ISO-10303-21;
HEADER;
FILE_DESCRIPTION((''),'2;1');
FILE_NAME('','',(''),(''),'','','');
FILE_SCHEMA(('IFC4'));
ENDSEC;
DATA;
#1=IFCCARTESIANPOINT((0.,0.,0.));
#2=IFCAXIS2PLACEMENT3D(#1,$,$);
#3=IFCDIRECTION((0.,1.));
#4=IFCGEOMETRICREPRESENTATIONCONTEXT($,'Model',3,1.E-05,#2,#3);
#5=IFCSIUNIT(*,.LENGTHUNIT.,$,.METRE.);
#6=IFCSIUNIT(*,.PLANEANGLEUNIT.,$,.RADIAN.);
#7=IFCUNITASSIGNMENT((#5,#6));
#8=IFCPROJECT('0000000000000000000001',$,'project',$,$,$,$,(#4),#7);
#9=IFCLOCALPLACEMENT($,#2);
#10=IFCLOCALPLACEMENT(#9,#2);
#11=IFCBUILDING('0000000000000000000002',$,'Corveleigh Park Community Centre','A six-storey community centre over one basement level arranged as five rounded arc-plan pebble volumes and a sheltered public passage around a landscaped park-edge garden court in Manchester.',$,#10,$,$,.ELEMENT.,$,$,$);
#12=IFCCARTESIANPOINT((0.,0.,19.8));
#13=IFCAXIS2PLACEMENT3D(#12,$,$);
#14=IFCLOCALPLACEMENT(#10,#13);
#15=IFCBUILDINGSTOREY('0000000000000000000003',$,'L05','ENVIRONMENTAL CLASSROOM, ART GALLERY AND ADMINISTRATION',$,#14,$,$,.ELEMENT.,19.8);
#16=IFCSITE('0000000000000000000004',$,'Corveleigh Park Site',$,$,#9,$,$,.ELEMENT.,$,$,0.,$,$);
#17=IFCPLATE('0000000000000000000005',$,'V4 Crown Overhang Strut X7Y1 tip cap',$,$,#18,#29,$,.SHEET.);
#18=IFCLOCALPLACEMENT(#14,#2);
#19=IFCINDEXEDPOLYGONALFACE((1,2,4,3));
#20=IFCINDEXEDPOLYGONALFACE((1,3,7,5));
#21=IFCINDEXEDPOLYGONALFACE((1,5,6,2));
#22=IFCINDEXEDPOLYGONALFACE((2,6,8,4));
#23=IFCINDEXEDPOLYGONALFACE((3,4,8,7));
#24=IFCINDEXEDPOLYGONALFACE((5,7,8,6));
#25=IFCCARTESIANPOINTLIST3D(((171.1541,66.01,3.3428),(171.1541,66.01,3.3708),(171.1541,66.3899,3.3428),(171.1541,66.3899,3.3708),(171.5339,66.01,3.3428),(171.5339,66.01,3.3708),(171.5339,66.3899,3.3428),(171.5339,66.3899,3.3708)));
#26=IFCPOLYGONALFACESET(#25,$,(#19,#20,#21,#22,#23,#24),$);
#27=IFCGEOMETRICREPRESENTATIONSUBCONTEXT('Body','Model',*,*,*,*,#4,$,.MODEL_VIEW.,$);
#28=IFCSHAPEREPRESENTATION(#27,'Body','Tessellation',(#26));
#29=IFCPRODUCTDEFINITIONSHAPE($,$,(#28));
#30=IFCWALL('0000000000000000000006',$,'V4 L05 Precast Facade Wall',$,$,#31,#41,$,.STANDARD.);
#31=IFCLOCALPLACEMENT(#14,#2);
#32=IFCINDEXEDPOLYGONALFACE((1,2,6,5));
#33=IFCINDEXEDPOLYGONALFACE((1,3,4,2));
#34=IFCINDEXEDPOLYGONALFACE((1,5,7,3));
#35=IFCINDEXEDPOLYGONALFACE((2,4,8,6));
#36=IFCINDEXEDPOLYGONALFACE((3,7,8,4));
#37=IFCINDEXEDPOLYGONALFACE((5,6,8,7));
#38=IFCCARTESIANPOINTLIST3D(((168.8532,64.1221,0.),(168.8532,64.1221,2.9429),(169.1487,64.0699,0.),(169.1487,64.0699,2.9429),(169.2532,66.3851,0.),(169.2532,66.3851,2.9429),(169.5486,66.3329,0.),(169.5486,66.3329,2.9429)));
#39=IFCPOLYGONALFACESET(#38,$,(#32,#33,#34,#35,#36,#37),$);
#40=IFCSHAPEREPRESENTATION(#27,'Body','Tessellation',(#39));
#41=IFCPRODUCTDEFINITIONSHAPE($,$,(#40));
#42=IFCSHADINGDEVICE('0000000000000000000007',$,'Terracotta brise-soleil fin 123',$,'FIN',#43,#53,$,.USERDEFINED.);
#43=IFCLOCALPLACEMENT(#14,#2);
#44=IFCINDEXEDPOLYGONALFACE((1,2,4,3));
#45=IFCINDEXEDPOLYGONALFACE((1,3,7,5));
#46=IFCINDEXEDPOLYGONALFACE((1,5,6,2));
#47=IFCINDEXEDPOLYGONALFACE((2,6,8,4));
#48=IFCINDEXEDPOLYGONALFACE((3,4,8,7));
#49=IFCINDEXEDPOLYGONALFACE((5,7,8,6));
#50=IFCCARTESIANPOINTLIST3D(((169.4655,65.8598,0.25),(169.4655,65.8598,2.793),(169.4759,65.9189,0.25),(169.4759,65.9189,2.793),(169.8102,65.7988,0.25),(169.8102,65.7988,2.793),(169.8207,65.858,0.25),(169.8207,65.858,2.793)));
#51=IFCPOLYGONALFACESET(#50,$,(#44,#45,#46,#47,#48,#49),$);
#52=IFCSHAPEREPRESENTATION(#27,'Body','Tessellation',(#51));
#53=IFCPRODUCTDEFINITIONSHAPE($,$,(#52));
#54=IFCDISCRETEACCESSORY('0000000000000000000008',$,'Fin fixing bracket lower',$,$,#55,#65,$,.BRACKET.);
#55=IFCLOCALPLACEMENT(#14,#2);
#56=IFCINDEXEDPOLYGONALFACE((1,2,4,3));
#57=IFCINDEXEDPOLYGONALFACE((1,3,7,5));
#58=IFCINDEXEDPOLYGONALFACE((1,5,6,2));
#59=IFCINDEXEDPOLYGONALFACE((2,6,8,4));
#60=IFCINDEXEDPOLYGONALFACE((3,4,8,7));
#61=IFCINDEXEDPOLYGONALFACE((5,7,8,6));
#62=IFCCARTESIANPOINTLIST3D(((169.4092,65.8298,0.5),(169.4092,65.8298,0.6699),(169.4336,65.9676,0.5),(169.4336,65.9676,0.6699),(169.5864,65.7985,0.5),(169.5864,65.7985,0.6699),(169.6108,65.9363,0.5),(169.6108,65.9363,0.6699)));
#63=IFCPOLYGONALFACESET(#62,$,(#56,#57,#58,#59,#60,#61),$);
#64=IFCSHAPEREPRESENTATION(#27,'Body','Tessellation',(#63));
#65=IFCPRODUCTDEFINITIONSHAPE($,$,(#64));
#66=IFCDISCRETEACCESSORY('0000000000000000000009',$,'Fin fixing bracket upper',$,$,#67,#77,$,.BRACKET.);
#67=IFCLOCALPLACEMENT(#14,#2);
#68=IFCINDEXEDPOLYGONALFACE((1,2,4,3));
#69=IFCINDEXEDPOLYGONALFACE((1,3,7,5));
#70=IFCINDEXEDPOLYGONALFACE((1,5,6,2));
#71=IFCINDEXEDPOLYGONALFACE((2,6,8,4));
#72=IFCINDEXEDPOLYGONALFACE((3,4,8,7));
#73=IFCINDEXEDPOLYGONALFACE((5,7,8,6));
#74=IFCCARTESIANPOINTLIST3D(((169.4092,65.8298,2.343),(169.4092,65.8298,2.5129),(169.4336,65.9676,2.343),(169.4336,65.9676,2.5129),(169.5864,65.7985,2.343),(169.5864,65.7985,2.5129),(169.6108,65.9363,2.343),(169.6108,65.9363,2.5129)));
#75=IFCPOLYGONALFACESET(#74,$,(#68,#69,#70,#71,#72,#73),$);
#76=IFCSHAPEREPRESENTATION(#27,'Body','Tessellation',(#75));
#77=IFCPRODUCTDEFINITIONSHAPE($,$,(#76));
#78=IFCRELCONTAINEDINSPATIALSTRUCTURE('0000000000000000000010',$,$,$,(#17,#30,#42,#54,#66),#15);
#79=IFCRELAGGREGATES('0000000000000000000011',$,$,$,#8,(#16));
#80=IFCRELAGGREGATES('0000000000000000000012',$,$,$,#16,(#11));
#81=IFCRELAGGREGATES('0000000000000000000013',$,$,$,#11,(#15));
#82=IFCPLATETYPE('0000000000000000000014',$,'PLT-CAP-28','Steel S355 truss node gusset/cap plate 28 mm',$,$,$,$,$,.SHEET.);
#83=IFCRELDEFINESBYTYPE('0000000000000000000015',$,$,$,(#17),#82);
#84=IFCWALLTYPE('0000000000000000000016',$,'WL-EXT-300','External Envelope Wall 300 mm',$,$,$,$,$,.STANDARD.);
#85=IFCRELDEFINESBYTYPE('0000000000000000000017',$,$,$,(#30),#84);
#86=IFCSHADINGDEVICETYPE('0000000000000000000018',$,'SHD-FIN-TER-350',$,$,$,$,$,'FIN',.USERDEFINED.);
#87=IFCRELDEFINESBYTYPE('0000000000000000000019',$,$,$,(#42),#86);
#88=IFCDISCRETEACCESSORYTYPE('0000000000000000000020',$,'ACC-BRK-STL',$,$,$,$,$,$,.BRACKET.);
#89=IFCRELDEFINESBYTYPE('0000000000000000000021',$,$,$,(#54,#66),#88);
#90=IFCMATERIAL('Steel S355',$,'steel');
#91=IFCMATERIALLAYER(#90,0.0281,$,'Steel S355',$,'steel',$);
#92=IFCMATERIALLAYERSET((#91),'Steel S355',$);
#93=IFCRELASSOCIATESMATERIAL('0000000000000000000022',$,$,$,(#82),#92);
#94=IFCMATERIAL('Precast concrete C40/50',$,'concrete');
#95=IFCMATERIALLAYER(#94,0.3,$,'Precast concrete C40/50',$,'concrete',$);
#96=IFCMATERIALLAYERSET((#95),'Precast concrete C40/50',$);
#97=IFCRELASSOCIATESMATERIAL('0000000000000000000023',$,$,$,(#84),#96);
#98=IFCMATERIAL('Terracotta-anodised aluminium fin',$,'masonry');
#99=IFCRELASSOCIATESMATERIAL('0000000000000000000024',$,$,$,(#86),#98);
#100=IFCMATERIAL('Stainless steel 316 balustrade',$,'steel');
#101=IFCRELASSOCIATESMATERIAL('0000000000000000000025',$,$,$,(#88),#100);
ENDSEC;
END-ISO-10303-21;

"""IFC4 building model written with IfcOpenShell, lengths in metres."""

from ifc_helpers import new_model, si_unit, direction, frame, frame_2d, origin, origin_2d, place, context, subcontext, project, spatial, rectangle, extrude, material, layer, layer_set, type_object, element, save


model = new_model("IFC4")

# Units and contexts
model_context = context("Model", 3, precision=1e-05, world=origin(), true_north=direction((0.0, 1.0)))
body_context = subcontext(model_context, "Body", "Model", "MODEL_VIEW")
ifc_project = project(units=[si_unit("LENGTHUNIT", "METRE"), si_unit("PLANEANGLEUNIT", "RADIAN")], contexts=[model_context])

# Site, building, storey
site_placement = place(None, origin())
site = spatial("IfcSite", under=ifc_project, at=site_placement, Name="Corveleigh Park Site", CompositionType="ELEMENT", RefElevation=0.0)
building_placement = place(site_placement, origin())
building = spatial("IfcBuilding", under=site, at=building_placement, Name="Corveleigh Park Community Centre", Description="A six-storey community centre over one basement level arranged as five rounded arc-plan pebble volumes and a sheltered public passage around a landscaped park-edge garden court in Manchester.", CompositionType="ELEMENT")
storey_placement = place(building_placement, frame((0.0, 0.0, 19.8)))
storey = spatial("IfcBuildingStorey", under=building, at=storey_placement, Name="L05", Description="ENVIRONMENTAL CLASSROOM, ART GALLERY AND ADMINISTRATION", CompositionType="ELEMENT", Elevation=19.8)

# Shared definitions
ifc_material_1 = material(Name="Steel S355", Category="steel")

# Plate
ifc_layer_1 = layer(ifc_material_1, 0.0281, Name="Steel S355", Category="steel")
ifc_layer_set_1 = layer_set([ifc_layer_1], Name="Steel S355")
plate_type_1 = type_object("IfcPlateType", Name="PLT-CAP-28", Description="Steel S355 truss node gusset/cap plate 28 mm", PredefinedType="SHEET", material=ifc_layer_set_1)
for number, where, z_axis, x_axis, name in (
    (1, (171.344, 66.2, 3.3428), (0.0, 0.0, 1.0), (1.0, 0.0, 0.0), "V4 Crown Overhang Strut X7Y1 tip cap"),
):
    element("IfcPlate", number, at=place(storey_placement, frame(where, z_axis=z_axis, x_axis=x_axis)), inside=storey, type_object=plate_type_1, Name=name, PredefinedType="SHEET", context=body_context, shape_type="SweptSolid", body=[
        extrude(rectangle(XDim=0.3799, YDim=0.3799, at=origin_2d()), origin(), (0.0, 0.0, 1.0), 0.0281),
    ])

# Wall
ifc_material_2 = material(Name="Precast concrete C40/50", Category="concrete")
ifc_layer_2 = layer(ifc_material_2, 0.3, Name="Precast concrete C40/50", Category="concrete")
ifc_layer_set_2 = layer_set([ifc_layer_2], Name="Precast concrete C40/50")
wall_type = type_object("IfcWallType", Name="WL-EXT-300", Description="External Envelope Wall 300 mm", PredefinedType="STANDARD", material=ifc_layer_set_2)
wall_placement = place(storey_placement, frame((169.4009, 66.3589, 0.0), z_axis=(0.0, 0.0, 1.0), x_axis=(-0.174022, -0.984742, 0.0)))
element("IfcWall", 2, at=wall_placement, inside=storey, type_object=wall_type, Name="V4 L05 Precast Facade Wall", PredefinedType="STANDARD", context=body_context, shape_type="SweptSolid", body=[
    extrude(rectangle(XDim=2.2981, YDim=0.3, at=frame_2d((1.1489, 0.0))), origin(), (0.0, 0.0, 1.0), 2.9429),
])

# Shading device
ifc_material_3 = material(Name="Terracotta-anodised aluminium fin", Category="masonry")
shading_device_type = type_object("IfcShadingDeviceType", Name="SHD-FIN-TER-350", ElementType="FIN", PredefinedType="USERDEFINED", material=ifc_material_3)
shading_device_placement = place(storey_placement, frame((169.6431, 65.8589, 0.25), z_axis=(0.0, 0.0, 1.0), x_axis=(0.984735, -0.174058, 0.0)))
element("IfcShadingDevice", 3, at=shading_device_placement, inside=storey, type_object=shading_device_type, Name="Terracotta brise-soleil fin 123", ObjectType="FIN", PredefinedType="USERDEFINED", context=body_context, shape_type="SweptSolid", body=[
    extrude(rectangle(XDim=0.3501, YDim=0.0601, at=origin_2d()), origin(), (0.0, 0.0, 1.0), 2.543),
])

# Discrete accessories
ifc_material_4 = material(Name="Stainless steel 316 balustrade", Category="steel")
discrete_accessory_type = type_object("IfcDiscreteAccessoryType", Name="ACC-BRK-STL", PredefinedType="BRACKET", material=ifc_material_4)
for number, where, z_axis, x_axis, name in (
    (4, (169.51, 65.8831, 0.5), (0.0, 0.0, 1.0), (0.984735, -0.174058, 0.0), "Fin fixing bracket lower"),
    (5, (169.51, 65.8831, 2.343), (0.0, 0.0, 1.0), (0.984735, -0.174058, 0.0), "Fin fixing bracket upper"),
):
    element("IfcDiscreteAccessory", number, at=place(storey_placement, frame(where, z_axis=z_axis, x_axis=x_axis)), inside=storey, type_object=discrete_accessory_type, Name=name, PredefinedType="BRACKET", context=body_context, shape_type="SweptSolid", body=[
        extrude(rectangle(XDim=0.1799, YDim=0.1399, at=origin_2d()), origin(), (0.0, 0.0, 1.0), 0.1699),
    ])

save(model, "model.ifc")
